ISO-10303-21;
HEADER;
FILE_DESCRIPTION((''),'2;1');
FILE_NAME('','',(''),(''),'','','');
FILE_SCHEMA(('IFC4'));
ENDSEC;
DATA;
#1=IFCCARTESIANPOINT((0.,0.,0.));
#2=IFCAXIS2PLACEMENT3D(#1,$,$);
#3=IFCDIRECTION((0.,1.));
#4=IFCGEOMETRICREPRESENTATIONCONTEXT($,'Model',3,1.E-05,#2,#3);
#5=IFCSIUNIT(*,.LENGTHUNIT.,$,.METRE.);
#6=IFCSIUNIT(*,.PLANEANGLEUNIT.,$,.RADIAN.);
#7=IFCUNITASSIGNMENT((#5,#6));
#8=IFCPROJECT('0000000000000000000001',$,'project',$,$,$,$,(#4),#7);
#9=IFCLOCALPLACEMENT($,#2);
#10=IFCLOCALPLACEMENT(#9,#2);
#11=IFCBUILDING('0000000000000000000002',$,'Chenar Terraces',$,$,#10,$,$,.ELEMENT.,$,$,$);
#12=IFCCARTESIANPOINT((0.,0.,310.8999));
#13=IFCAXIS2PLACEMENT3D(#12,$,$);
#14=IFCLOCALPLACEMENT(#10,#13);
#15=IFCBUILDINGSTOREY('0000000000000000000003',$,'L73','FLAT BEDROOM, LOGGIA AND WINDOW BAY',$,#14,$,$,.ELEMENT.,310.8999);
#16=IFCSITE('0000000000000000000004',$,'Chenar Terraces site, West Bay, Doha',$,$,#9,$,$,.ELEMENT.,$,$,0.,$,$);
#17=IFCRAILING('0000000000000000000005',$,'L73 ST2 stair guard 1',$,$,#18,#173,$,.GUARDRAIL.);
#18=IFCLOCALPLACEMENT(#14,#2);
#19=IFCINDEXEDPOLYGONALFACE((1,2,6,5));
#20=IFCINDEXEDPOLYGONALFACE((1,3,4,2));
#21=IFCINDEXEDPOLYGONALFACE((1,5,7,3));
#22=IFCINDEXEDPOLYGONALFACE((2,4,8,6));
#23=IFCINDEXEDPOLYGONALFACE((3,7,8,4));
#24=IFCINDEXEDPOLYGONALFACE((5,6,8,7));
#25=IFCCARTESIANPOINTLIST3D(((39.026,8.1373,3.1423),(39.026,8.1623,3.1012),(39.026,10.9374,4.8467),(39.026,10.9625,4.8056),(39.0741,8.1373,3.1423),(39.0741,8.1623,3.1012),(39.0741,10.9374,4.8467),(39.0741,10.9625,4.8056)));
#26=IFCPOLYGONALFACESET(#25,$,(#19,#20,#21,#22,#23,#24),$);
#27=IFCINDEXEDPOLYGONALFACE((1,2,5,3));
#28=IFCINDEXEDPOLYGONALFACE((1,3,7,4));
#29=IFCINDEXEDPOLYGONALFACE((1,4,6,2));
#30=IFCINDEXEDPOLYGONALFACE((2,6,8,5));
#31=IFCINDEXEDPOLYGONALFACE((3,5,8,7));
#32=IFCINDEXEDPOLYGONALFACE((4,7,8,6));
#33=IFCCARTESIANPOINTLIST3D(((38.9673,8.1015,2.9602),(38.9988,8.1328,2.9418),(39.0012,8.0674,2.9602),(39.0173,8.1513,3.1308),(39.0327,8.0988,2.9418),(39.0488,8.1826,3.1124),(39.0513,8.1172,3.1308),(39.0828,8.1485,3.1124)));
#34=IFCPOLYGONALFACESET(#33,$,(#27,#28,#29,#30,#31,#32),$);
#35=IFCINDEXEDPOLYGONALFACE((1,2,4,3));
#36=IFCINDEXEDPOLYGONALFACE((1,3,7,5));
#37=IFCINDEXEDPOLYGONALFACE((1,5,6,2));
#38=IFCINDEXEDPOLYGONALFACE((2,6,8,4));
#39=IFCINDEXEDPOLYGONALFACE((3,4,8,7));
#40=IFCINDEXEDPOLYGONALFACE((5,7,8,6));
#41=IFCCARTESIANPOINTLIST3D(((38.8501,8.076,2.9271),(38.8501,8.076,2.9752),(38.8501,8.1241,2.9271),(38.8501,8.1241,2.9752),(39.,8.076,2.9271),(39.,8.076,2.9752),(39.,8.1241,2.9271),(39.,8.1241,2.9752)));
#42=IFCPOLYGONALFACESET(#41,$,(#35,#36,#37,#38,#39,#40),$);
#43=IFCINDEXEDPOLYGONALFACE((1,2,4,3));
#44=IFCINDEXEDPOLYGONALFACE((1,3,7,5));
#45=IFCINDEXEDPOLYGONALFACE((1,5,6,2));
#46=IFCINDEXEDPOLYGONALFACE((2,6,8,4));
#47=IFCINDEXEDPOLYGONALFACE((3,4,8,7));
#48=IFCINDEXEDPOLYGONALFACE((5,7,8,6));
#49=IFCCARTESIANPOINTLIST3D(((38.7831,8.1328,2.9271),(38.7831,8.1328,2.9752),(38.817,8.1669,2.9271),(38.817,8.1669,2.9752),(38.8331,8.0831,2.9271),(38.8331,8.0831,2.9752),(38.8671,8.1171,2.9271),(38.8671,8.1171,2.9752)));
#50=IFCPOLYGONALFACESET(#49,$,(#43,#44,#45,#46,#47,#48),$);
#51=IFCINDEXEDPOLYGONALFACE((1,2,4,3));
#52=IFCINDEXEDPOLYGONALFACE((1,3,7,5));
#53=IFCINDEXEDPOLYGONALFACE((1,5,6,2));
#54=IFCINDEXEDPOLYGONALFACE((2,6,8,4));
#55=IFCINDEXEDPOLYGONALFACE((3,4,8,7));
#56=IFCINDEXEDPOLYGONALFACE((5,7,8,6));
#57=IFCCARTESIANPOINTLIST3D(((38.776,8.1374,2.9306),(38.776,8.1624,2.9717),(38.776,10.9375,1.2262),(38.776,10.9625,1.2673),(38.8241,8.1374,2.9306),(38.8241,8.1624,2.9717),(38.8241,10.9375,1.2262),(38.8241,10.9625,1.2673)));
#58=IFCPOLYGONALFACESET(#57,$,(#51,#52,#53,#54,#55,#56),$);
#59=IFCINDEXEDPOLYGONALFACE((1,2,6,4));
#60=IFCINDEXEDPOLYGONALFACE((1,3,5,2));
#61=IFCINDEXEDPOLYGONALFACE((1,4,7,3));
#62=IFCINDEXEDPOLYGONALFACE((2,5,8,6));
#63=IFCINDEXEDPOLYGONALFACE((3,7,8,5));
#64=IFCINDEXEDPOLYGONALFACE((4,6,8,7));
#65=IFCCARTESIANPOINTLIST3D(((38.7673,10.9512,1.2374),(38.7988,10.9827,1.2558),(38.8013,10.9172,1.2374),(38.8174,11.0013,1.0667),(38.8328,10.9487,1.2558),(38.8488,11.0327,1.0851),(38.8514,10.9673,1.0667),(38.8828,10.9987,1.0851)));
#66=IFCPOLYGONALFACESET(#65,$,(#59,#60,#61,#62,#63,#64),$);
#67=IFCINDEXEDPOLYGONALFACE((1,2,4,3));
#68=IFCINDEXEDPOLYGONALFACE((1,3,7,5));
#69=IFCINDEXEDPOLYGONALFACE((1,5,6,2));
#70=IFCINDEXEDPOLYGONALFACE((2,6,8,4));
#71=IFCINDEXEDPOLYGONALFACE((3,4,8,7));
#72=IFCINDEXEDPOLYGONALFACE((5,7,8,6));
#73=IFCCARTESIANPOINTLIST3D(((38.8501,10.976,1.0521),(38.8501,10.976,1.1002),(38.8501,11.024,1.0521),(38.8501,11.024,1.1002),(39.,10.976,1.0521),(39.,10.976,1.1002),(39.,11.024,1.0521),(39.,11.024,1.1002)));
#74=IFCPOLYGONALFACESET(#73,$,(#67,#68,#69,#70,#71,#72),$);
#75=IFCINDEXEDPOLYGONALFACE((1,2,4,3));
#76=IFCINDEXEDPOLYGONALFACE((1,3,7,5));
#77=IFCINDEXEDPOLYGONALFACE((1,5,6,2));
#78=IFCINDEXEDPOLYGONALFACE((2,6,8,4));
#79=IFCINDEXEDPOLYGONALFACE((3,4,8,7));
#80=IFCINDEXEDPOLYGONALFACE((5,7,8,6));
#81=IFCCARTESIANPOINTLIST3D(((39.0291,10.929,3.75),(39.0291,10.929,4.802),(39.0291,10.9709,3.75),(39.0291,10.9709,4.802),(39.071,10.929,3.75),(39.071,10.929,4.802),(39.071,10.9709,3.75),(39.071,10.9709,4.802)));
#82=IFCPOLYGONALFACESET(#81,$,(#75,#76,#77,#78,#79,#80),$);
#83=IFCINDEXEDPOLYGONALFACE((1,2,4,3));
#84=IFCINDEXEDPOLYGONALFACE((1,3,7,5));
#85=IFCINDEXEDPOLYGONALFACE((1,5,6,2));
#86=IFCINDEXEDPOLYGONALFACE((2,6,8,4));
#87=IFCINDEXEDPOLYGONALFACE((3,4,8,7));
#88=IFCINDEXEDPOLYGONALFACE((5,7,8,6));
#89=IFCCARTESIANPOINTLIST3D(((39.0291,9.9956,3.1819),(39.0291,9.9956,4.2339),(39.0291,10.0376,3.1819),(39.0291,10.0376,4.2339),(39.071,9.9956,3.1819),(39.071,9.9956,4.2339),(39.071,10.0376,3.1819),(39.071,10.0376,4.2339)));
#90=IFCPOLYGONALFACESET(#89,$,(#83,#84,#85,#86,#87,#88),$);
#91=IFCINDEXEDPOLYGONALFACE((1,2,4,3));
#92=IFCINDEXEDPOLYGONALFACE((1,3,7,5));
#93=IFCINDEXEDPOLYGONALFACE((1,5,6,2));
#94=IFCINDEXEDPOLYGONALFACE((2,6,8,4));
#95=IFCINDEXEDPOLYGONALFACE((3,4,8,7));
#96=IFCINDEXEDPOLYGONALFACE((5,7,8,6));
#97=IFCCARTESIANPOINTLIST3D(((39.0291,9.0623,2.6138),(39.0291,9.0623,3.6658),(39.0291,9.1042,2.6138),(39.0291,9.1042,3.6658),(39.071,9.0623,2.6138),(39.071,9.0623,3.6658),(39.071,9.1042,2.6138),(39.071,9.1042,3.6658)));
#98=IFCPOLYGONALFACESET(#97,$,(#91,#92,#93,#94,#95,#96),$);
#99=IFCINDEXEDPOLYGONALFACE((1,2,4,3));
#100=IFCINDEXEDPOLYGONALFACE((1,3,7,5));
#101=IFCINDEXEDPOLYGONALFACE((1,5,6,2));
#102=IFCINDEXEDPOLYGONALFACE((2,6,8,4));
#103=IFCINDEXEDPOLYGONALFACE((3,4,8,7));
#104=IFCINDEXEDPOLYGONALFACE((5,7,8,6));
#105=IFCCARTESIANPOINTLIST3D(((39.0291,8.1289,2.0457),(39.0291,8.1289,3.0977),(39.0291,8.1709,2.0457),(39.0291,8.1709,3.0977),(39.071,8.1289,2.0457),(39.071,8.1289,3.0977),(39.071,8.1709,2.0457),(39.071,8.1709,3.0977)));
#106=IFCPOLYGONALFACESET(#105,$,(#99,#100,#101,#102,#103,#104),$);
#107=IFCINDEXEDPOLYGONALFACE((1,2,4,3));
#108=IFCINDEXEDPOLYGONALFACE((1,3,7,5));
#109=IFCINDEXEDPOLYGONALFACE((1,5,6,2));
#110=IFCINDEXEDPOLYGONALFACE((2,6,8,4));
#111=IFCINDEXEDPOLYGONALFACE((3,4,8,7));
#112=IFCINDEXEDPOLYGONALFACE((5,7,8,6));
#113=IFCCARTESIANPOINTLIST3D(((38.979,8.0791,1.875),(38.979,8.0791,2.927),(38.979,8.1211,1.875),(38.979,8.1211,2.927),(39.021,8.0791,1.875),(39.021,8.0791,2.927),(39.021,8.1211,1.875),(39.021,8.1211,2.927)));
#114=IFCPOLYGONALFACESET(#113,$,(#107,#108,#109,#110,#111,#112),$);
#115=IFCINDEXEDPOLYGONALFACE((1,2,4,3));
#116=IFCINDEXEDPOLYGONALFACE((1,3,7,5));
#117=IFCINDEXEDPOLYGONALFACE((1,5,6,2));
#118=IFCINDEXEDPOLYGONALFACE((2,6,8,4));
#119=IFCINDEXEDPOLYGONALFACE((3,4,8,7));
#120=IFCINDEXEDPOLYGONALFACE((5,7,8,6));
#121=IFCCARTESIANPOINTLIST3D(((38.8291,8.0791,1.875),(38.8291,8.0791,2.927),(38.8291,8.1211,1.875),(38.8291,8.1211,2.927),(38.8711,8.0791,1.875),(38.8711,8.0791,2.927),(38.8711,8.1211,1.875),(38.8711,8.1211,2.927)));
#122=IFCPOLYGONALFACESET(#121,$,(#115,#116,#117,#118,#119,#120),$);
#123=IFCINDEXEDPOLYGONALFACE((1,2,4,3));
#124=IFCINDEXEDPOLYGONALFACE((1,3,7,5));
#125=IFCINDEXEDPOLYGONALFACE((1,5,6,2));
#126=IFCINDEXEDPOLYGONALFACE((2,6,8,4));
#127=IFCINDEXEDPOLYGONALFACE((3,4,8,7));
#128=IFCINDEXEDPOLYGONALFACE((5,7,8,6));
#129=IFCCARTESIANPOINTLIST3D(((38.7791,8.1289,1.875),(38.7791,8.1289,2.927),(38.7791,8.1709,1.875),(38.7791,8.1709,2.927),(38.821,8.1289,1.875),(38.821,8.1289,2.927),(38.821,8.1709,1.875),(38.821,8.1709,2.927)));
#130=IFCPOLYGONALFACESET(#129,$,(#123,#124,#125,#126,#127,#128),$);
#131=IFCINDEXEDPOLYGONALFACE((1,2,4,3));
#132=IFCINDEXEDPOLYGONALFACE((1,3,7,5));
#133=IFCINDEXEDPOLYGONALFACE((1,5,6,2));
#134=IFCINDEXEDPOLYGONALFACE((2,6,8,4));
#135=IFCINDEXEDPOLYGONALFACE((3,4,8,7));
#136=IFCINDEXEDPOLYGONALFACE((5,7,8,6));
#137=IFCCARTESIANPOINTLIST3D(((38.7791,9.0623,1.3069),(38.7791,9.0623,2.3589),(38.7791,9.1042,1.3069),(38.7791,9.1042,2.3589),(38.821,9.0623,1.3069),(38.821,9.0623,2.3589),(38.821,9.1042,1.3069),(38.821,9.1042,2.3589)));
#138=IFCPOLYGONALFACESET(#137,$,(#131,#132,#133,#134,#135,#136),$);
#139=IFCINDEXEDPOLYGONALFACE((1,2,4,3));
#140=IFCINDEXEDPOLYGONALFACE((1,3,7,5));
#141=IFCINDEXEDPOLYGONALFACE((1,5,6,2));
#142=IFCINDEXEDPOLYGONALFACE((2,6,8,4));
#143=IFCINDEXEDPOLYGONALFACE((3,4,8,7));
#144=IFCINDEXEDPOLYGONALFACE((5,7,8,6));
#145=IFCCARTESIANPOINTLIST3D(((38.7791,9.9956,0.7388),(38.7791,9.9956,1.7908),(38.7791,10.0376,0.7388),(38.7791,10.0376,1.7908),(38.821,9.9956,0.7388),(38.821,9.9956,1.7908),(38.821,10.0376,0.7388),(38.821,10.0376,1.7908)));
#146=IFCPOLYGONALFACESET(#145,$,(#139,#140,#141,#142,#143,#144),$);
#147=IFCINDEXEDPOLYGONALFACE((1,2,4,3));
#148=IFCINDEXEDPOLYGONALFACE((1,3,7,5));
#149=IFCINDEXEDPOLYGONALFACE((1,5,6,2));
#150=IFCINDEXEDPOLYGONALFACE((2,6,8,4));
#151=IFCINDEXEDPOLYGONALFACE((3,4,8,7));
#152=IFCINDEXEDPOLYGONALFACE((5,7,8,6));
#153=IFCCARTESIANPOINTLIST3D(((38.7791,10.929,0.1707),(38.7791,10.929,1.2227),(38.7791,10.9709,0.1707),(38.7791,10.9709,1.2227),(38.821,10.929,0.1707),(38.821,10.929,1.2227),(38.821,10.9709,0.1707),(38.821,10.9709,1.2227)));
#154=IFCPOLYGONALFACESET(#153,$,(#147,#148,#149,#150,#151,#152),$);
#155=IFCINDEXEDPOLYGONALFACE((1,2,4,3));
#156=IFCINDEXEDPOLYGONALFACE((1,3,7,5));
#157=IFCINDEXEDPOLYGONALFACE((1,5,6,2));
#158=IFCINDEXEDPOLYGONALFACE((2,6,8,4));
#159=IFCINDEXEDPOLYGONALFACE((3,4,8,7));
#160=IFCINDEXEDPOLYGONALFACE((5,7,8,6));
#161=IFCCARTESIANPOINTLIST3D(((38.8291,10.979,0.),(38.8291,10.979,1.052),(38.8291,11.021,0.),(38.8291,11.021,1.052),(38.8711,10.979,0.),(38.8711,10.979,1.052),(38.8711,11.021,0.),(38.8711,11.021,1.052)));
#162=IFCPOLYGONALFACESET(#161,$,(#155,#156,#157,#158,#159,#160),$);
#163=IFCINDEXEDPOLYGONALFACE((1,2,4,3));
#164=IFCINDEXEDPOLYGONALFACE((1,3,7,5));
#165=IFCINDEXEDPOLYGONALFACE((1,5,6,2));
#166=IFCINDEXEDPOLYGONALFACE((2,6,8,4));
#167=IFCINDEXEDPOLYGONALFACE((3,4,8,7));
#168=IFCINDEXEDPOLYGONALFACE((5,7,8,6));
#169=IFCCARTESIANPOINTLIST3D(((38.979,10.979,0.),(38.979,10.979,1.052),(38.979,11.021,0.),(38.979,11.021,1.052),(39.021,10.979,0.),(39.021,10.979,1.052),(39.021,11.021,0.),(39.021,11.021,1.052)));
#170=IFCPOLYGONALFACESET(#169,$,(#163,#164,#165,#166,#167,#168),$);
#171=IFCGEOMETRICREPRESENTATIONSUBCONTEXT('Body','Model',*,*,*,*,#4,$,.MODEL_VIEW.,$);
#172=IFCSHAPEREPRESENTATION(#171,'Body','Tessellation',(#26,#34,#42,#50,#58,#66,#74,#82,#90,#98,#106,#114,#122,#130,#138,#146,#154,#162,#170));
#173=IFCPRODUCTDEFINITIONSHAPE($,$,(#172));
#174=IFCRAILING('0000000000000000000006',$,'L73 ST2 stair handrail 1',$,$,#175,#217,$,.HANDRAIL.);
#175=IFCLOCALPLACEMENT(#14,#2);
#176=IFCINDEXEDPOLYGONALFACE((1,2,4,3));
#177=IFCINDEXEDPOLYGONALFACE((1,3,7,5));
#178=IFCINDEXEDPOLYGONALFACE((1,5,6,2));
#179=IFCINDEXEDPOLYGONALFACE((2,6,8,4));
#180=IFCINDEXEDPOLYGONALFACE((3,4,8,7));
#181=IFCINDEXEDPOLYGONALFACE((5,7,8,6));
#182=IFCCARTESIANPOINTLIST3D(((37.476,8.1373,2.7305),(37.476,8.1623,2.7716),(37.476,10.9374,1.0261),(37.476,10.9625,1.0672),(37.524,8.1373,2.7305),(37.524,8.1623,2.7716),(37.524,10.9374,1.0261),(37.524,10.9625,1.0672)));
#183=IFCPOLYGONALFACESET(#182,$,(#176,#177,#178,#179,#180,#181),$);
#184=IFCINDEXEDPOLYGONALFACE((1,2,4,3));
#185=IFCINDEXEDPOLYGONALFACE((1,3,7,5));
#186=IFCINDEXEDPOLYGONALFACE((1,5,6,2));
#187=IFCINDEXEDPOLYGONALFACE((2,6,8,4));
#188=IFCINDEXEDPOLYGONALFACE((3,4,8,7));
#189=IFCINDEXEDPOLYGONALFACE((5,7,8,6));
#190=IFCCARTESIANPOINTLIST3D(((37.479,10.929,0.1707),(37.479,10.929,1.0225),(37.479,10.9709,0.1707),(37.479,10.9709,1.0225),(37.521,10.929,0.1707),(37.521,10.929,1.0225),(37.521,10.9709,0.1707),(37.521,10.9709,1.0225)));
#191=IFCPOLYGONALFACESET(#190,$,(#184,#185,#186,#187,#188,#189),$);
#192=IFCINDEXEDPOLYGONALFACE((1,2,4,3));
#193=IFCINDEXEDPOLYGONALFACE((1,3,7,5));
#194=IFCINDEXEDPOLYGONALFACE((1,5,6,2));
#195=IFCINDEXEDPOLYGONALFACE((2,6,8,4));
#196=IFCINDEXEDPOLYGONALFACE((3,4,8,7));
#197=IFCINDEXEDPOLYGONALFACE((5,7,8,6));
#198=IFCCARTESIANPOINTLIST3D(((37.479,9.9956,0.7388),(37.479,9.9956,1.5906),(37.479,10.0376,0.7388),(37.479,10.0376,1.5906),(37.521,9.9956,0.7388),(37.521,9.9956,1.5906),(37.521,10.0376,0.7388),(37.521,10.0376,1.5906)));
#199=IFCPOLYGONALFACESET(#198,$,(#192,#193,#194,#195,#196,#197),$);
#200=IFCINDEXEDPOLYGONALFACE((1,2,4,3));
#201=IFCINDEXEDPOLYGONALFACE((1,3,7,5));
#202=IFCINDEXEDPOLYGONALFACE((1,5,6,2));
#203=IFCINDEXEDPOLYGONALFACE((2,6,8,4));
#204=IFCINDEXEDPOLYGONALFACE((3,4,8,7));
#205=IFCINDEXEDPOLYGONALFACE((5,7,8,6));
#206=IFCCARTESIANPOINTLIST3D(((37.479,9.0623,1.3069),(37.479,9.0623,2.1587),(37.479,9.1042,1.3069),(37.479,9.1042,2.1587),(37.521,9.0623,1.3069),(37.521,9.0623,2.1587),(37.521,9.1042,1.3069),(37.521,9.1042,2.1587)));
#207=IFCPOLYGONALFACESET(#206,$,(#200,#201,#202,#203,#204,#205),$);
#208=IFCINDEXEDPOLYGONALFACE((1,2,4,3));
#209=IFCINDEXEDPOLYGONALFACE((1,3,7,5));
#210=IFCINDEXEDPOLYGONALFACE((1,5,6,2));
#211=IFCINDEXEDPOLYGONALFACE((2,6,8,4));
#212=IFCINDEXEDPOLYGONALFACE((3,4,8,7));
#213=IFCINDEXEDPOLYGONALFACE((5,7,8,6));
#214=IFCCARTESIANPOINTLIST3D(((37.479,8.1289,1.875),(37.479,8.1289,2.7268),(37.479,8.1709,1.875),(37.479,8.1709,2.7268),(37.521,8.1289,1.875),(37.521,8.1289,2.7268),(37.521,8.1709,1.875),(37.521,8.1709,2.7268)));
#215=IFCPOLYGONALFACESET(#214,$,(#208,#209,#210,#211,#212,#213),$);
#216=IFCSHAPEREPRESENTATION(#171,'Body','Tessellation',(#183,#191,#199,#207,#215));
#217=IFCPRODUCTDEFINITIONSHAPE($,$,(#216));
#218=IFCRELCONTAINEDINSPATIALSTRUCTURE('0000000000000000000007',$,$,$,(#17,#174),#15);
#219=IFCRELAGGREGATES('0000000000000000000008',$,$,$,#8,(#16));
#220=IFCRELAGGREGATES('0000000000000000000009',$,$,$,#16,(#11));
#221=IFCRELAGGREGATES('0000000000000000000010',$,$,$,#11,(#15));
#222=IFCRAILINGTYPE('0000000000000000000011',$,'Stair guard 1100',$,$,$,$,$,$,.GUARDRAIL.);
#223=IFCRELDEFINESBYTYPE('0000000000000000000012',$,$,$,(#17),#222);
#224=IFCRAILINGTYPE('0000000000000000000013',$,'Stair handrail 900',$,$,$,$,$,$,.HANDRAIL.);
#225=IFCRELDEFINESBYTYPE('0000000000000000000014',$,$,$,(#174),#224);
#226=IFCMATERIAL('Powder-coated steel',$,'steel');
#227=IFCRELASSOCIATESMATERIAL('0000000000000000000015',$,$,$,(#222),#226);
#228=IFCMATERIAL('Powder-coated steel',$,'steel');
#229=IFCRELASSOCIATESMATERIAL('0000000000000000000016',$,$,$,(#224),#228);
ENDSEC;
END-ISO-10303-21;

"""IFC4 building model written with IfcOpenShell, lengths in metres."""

from ifc_helpers import new_model, si_unit, direction, frame, origin, origin_2d, place, context, subcontext, project, spatial, rectangle, extrude, material, type_object, element, save


model = new_model("IFC4")

# Units and contexts
model_context = context("Model", 3, precision=1e-05, world=origin(), true_north=direction((0.0, 1.0)))
body_context = subcontext(model_context, "Body", "Model", "MODEL_VIEW")
ifc_project = project(units=[si_unit("LENGTHUNIT", "METRE"), si_unit("PLANEANGLEUNIT", "RADIAN")], contexts=[model_context])

# Site, building, storey
site_placement = place(None, origin())
site = spatial("IfcSite", under=ifc_project, at=site_placement, Name="Chenar Terraces site, West Bay, Doha", CompositionType="ELEMENT", RefElevation=0.0)
building_placement = place(site_placement, origin())
building = spatial("IfcBuilding", under=site, at=building_placement, Name="Chenar Terraces", CompositionType="ELEMENT")
storey_placement = place(building_placement, frame((0.0, 0.0, 310.8999)))
storey = spatial("IfcBuildingStorey", under=building, at=storey_placement, Name="L73", Description="FLAT BEDROOM, LOGGIA AND WINDOW BAY", CompositionType="ELEMENT", Elevation=310.8999)

# Railings
ifc_material_1 = material(Name="Powder-coated steel", Category="steel")
railing_type_1 = type_object("IfcRailingType", Name="Stair guard 1100", PredefinedType="GUARDRAIL", material=ifc_material_1)
railing_1_placement = place(storey_placement, frame((39.05, 10.95, 3.75)))
element("IfcRailing", 1, at=railing_1_placement, inside=storey, type_object=railing_type_1, Name="L73 ST2 stair guard 1", PredefinedType="GUARDRAIL", context=body_context, shape_type="SweptSolid", body=[
    extrude(rectangle(XDim=0.0481, YDim=0.0481, at=origin_2d()), frame((0.0, 0.0, 1.0762), z_axis=(0.0, -0.854203, -0.51994), x_axis=(1.0, 0.0, 0.0)), (0.0, 0.0, 1.0), 3.2781),
    extrude(rectangle(XDim=0.0481, YDim=0.0481, at=origin_2d()), frame((0.0, -2.8, -0.6284), z_axis=(-0.270997, -0.269675, -0.924033), x_axis=(0.705376, -0.708834, 0.0)), (0.0, 0.0, 1.0), 0.1846),
    extrude(rectangle(XDim=0.0481, YDim=0.0481, at=origin_2d()), frame((-0.05, -2.8499, -0.7988), z_axis=(-1.0, 0.0, 0.0), x_axis=(0.0, -1.0, 0.0)), (0.0, 0.0, 1.0), 0.1499),
    extrude(rectangle(XDim=0.0481, YDim=0.0481, at=origin_2d()), frame((-0.2, -2.8499, -0.7988), z_axis=(-0.708834, 0.705376, 0.0), x_axis=(-0.705376, -0.708834, 0.0)), (0.0, 0.0, 1.0), 0.0706),
    extrude(rectangle(XDim=0.0481, YDim=0.0481, at=origin_2d()), frame((-0.25, -2.8, -0.7988), z_axis=(0.0, 0.854203, -0.51994), x_axis=(-1.0, 0.0, 0.0)), (0.0, 0.0, 1.0), 3.2781),
    extrude(rectangle(XDim=0.0481, YDim=0.0481, at=origin_2d()), frame((-0.25, 0.0, -2.5034), z_axis=(0.2709, 0.2709, -0.923703), x_axis=(-0.707107, 0.707107, 0.0)), (0.0, 0.0, 1.0), 0.1848),
    extrude(rectangle(XDim=0.0481, YDim=0.0481, at=origin_2d()), frame((-0.2, 0.05, -2.6738), z_axis=(1.0, 0.0, 0.0), x_axis=(0.0, 1.0, 0.0)), (0.0, 0.0, 1.0), 0.1499),
    extrude(rectangle(XDim=0.042, YDim=0.042, at=origin_2d()), origin(), (0.0, 0.0, 1.0), 1.052),
    extrude(rectangle(XDim=0.042, YDim=0.042, at=origin_2d()), frame((0.0, -0.9333, -0.5681)), (0.0, 0.0, 1.0), 1.052),
    extrude(rectangle(XDim=0.042, YDim=0.042, at=origin_2d()), frame((0.0, -1.8667, -1.1362)), (0.0, 0.0, 1.0), 1.052),
    extrude(rectangle(XDim=0.042, YDim=0.042, at=origin_2d()), frame((0.0, -2.8, -1.7043)), (0.0, 0.0, 1.0), 1.052),
    extrude(rectangle(XDim=0.042, YDim=0.042, at=origin_2d()), frame((-0.05, -2.8499, -1.875)), (0.0, 0.0, 1.0), 1.052),
    extrude(rectangle(XDim=0.042, YDim=0.042, at=origin_2d()), frame((-0.2, -2.8499, -1.875)), (0.0, 0.0, 1.0), 1.052),
    extrude(rectangle(XDim=0.042, YDim=0.042, at=origin_2d()), frame((-0.25, -2.8, -1.875)), (0.0, 0.0, 1.0), 1.052),
    extrude(rectangle(XDim=0.042, YDim=0.042, at=origin_2d()), frame((-0.25, -1.8667, -2.4431)), (0.0, 0.0, 1.0), 1.052),
    extrude(rectangle(XDim=0.042, YDim=0.042, at=origin_2d()), frame((-0.25, -0.9333, -3.0112)), (0.0, 0.0, 1.0), 1.052),
    extrude(rectangle(XDim=0.042, YDim=0.042, at=origin_2d()), frame((-0.25, 0.0, -3.5793)), (0.0, 0.0, 1.0), 1.052),
    extrude(rectangle(XDim=0.042, YDim=0.042, at=origin_2d()), frame((-0.2, 0.05, -3.75)), (0.0, 0.0, 1.0), 1.052),
    extrude(rectangle(XDim=0.042, YDim=0.042, at=origin_2d()), frame((-0.05, 0.05, -3.75)), (0.0, 0.0, 1.0), 1.052),
])
ifc_material_2 = material(Name="Powder-coated steel", Category="steel")
railing_type_2 = type_object("IfcRailingType", Name="Stair handrail 900", PredefinedType="HANDRAIL", material=ifc_material_2)
railing_2_placement = place(storey_placement, frame((37.5, 10.95, 0.1707)))
element("IfcRailing", 2, at=railing_2_placement, inside=storey, type_object=railing_type_2, Name="L73 ST2 stair handrail 1", PredefinedType="HANDRAIL", context=body_context, shape_type="SweptSolid", body=[
    extrude(rectangle(XDim=0.0481, YDim=0.0481, at=origin_2d()), frame((0.0, 0.0, 0.876), z_axis=(0.0, -0.854203, 0.51994), x_axis=(1.0, 0.0, 0.0)), (0.0, 0.0, 1.0), 3.2781),
    extrude(rectangle(XDim=0.042, YDim=0.042, at=origin_2d()), origin(), (0.0, 0.0, 1.0), 0.8518),
    extrude(rectangle(XDim=0.042, YDim=0.042, at=origin_2d()), frame((0.0, -0.9333, 0.5681)), (0.0, 0.0, 1.0), 0.8518),
    extrude(rectangle(XDim=0.042, YDim=0.042, at=origin_2d()), frame((0.0, -1.8667, 1.1362)), (0.0, 0.0, 1.0), 0.8518),
    extrude(rectangle(XDim=0.042, YDim=0.042, at=origin_2d()), frame((0.0, -2.8, 1.7043)), (0.0, 0.0, 1.0), 0.8518),
])

save(model, "model.ifc")
